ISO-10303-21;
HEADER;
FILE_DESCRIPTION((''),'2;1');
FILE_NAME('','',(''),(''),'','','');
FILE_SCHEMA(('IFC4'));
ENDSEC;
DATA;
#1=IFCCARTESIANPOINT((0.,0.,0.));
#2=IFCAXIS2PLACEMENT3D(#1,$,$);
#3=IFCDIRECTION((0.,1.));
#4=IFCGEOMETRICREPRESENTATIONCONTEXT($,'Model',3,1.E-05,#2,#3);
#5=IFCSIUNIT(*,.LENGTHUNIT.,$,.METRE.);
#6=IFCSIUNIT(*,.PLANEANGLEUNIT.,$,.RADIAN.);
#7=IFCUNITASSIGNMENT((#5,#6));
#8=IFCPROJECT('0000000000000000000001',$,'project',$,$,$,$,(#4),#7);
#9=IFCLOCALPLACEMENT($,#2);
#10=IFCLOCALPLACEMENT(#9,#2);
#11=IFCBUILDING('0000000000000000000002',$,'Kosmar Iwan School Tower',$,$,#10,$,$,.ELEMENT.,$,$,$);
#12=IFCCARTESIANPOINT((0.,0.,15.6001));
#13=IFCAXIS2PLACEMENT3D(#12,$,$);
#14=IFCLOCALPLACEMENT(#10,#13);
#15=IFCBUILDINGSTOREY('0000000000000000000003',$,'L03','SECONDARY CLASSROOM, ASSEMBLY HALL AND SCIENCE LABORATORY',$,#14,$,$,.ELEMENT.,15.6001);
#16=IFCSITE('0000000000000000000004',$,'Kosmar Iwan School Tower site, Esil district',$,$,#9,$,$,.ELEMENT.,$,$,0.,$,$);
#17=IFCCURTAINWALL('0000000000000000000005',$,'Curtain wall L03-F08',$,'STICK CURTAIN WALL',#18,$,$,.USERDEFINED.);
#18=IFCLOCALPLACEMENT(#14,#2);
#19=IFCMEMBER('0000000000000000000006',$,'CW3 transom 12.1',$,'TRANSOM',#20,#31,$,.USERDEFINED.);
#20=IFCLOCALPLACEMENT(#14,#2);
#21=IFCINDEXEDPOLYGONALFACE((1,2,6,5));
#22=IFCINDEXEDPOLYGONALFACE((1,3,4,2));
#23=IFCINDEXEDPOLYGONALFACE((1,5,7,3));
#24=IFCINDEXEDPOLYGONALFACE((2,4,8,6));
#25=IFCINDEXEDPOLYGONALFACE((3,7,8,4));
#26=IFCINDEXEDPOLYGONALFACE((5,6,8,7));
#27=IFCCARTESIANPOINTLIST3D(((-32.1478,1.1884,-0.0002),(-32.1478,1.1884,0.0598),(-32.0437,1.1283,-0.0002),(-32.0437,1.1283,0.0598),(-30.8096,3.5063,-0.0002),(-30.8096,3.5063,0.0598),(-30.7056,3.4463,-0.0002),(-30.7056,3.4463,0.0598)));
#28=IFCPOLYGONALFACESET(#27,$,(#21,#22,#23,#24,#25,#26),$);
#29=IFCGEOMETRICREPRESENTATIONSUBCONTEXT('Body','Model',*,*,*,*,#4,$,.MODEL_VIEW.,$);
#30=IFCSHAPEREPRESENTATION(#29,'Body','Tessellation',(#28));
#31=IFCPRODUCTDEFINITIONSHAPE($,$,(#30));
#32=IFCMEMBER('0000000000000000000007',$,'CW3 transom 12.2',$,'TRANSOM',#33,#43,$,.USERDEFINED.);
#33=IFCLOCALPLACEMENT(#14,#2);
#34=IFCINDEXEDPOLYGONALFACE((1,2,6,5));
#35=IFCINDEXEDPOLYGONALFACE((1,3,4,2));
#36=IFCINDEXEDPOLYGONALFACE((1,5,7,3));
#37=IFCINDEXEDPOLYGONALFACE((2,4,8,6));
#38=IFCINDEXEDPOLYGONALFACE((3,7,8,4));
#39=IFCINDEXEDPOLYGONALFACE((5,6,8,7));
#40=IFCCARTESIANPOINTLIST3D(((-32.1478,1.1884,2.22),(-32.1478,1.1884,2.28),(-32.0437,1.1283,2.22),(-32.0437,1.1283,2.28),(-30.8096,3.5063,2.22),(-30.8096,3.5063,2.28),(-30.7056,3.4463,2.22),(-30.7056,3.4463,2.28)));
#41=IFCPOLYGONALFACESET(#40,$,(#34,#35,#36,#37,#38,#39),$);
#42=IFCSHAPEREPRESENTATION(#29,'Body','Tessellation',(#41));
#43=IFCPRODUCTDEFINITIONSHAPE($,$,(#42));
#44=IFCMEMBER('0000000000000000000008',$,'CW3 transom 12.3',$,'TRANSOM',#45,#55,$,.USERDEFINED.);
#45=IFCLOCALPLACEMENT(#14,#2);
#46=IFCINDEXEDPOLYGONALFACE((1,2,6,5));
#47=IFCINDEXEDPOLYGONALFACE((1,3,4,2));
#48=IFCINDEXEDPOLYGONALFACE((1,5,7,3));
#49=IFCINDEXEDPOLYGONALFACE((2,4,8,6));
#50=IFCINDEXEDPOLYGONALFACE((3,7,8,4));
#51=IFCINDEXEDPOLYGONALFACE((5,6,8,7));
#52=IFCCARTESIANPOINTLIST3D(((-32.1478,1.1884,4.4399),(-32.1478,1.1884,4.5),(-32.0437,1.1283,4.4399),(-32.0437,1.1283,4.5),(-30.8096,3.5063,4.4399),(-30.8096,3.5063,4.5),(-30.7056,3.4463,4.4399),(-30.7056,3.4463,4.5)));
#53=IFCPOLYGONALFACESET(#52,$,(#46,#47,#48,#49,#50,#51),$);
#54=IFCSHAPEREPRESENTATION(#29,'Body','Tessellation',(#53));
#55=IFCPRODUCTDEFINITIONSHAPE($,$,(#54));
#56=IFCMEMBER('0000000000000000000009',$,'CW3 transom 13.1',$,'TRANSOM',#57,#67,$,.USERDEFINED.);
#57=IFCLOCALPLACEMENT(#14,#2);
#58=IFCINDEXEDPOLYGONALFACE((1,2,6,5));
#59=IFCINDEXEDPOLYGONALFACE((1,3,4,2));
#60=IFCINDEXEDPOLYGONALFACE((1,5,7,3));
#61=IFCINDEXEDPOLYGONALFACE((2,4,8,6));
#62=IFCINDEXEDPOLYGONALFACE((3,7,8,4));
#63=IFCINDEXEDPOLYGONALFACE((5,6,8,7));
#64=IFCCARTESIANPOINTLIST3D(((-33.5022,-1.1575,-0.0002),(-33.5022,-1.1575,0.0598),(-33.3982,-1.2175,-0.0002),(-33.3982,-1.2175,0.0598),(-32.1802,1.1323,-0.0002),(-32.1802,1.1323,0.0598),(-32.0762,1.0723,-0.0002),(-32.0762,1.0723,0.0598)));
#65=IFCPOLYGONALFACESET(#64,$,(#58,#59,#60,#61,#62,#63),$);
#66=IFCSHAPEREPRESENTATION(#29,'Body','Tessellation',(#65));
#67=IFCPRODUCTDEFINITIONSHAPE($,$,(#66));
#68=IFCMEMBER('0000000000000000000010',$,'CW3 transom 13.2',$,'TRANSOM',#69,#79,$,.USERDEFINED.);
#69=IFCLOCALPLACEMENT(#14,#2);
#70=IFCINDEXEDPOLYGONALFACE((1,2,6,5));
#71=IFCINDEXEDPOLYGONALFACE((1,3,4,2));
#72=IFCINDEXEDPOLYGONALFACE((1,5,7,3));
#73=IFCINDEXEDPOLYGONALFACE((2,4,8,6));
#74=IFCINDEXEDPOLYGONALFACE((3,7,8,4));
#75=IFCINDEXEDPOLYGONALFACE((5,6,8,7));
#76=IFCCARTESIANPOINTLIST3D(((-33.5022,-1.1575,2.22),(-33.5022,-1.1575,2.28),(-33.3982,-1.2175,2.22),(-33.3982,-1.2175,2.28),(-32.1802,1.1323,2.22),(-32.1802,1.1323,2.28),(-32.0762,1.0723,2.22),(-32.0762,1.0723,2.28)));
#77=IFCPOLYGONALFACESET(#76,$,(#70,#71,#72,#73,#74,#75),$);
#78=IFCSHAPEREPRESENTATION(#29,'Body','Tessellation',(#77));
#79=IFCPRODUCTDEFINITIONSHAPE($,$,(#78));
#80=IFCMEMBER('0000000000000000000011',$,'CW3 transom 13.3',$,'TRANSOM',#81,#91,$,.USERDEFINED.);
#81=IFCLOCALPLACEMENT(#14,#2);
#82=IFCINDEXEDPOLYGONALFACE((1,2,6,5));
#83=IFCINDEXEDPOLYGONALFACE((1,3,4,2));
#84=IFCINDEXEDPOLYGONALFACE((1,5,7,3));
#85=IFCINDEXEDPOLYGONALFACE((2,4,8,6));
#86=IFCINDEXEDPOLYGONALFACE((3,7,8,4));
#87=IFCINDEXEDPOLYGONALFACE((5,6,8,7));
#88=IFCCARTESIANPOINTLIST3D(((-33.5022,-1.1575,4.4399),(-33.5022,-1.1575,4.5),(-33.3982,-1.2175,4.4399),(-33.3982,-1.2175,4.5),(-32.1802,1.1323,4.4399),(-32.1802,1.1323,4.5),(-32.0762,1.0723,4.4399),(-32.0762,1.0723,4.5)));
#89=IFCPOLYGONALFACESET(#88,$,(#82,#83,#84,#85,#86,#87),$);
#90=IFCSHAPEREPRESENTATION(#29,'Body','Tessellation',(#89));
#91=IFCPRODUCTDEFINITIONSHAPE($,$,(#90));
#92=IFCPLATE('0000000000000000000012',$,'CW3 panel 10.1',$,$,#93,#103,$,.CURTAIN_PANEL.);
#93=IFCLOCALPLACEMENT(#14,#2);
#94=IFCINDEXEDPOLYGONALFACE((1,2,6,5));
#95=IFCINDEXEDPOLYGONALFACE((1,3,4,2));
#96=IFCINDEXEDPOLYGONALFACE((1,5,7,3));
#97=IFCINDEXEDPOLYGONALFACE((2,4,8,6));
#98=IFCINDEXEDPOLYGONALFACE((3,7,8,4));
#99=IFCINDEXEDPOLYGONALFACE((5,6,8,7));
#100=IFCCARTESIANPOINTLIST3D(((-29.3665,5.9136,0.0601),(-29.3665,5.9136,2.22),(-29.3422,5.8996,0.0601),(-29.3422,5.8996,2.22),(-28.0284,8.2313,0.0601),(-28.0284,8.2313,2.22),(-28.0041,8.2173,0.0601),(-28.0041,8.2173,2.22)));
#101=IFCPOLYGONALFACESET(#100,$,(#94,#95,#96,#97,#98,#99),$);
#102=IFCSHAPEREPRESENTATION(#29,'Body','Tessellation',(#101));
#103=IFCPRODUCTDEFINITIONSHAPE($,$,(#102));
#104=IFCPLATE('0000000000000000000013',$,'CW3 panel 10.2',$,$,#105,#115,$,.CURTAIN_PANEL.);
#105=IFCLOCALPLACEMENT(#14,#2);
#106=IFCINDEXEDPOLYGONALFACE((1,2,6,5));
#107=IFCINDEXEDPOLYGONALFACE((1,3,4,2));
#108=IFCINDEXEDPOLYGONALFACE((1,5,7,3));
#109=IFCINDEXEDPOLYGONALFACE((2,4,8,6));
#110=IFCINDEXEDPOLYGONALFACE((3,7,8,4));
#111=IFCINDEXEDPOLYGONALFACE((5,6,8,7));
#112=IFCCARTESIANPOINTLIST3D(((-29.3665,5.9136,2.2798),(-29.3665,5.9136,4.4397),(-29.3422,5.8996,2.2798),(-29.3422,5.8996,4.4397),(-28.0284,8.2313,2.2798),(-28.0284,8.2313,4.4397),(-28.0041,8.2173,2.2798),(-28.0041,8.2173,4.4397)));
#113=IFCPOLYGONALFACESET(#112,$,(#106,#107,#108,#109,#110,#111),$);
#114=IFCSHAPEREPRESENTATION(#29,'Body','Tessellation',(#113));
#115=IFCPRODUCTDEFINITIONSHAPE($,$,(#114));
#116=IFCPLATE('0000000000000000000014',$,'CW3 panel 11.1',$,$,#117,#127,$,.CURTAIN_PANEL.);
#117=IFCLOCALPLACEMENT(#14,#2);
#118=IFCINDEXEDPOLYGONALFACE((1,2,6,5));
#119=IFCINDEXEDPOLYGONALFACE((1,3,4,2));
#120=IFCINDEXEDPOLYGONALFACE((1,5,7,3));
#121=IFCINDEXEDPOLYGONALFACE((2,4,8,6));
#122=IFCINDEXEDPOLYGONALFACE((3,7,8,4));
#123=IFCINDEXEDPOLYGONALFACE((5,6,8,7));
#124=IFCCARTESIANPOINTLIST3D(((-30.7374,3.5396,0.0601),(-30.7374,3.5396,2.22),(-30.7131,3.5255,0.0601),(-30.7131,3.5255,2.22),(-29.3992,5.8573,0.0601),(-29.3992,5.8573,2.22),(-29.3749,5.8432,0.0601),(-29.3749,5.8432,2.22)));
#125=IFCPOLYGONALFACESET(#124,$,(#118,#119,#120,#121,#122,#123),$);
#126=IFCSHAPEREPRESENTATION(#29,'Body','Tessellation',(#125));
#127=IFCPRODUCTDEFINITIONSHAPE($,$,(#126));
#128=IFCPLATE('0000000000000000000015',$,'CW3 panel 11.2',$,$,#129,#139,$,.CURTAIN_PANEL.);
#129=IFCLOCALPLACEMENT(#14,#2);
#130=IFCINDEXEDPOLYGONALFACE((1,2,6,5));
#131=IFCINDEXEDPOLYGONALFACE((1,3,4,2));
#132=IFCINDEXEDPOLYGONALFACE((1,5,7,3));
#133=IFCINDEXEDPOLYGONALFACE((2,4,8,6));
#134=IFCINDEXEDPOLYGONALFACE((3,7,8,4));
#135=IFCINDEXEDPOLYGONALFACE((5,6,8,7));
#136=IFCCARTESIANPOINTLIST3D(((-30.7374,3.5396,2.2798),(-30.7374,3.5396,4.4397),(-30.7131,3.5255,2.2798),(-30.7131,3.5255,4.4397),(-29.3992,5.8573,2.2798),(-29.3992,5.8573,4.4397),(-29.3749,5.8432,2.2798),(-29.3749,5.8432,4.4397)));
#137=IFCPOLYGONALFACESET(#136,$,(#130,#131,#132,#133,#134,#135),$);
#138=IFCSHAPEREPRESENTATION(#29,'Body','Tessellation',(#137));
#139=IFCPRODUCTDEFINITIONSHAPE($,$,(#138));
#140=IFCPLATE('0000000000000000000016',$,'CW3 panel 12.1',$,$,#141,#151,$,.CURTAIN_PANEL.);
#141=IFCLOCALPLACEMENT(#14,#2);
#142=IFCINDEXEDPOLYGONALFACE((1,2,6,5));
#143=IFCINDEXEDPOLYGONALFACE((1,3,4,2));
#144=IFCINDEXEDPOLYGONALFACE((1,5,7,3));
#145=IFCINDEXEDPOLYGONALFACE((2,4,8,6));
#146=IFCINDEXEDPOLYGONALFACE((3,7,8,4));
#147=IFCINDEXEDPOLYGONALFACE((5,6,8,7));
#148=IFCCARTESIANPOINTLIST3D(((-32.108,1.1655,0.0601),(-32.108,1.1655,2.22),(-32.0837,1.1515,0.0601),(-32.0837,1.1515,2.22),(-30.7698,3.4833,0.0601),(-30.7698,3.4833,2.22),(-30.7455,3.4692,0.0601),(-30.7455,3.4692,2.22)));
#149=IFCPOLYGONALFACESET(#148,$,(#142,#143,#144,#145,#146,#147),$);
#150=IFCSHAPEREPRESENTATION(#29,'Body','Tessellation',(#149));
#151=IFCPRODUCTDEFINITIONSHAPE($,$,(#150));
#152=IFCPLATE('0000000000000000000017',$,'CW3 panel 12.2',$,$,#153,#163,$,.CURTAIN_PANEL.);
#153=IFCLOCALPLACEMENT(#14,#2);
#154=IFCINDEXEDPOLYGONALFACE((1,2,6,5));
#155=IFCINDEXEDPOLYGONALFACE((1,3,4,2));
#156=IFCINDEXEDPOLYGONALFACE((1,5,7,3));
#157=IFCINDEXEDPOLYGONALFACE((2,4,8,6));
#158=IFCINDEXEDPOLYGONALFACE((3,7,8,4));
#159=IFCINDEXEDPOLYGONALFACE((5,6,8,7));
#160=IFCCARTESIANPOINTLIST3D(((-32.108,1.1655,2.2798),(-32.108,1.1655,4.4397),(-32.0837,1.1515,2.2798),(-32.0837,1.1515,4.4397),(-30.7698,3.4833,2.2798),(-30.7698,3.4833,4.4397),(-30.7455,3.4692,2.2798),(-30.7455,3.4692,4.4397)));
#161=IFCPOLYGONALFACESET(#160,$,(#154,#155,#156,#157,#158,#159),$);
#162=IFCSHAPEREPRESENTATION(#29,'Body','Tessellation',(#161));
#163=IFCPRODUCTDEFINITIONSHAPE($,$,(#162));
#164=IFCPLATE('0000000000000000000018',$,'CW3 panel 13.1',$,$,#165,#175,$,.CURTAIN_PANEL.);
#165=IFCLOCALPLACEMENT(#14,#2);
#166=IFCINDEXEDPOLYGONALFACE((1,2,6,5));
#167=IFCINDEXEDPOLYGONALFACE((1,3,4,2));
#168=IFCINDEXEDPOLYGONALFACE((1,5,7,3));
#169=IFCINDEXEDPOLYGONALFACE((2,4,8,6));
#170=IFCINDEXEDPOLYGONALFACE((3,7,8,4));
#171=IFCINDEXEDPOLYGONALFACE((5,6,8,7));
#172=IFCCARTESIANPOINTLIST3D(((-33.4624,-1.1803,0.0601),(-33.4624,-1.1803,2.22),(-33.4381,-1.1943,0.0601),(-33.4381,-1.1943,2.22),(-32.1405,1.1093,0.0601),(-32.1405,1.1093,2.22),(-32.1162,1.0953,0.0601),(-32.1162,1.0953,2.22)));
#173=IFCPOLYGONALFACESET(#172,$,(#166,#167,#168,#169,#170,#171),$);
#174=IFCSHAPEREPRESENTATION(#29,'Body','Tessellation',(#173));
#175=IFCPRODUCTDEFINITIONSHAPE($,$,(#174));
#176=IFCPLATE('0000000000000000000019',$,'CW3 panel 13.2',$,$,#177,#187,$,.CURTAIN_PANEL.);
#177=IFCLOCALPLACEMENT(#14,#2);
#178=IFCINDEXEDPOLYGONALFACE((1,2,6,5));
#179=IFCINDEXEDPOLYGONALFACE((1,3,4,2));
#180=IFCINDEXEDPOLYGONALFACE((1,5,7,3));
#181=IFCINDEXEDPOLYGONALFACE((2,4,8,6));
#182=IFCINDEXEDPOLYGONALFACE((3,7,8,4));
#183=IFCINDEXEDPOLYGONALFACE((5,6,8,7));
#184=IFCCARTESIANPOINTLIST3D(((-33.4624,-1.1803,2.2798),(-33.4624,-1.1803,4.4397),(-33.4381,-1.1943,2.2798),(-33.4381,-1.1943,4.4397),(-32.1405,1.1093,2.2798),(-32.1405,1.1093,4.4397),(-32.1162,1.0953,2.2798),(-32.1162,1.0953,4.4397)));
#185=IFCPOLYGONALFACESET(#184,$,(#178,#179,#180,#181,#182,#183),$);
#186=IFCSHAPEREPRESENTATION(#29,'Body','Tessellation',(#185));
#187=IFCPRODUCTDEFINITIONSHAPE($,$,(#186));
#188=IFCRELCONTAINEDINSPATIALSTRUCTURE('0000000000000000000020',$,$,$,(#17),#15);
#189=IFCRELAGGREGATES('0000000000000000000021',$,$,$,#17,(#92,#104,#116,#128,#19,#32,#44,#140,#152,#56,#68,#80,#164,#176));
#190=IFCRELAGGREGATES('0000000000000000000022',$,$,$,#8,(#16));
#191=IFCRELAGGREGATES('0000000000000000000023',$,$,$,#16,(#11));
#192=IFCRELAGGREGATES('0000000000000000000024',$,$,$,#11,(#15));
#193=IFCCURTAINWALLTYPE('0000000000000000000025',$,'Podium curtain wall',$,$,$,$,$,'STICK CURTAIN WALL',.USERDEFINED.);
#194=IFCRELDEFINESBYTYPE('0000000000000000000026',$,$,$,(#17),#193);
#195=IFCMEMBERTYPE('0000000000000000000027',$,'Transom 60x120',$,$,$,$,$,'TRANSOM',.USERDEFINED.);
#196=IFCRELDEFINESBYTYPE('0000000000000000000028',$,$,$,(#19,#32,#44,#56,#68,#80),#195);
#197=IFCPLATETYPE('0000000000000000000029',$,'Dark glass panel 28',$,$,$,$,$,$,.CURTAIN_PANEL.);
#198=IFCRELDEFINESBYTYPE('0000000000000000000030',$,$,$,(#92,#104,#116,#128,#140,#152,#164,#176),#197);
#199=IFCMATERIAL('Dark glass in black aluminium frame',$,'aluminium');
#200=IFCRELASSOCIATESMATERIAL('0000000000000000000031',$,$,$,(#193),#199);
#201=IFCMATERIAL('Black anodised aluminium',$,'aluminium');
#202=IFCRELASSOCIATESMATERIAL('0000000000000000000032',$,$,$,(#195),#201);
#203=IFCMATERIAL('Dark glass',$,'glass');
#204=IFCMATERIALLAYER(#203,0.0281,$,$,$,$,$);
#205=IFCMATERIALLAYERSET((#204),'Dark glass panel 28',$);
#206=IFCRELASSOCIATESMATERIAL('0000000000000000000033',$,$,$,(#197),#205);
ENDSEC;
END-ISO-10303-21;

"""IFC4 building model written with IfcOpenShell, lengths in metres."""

from ifc_helpers import new_model, si_unit, direction, frame, origin, origin_2d, place, context, subcontext, project, spatial, rectangle, extrude, material, layer, layer_set, material_profile, profile_set, type_object, element, aggregate, save


model = new_model("IFC4")

# Units and contexts
model_context = context("Model", 3, precision=1e-05, world=origin(), true_north=direction((0.0, 1.0)))
body_context = subcontext(model_context, "Body", "Model", "MODEL_VIEW")
ifc_project = project(units=[si_unit("LENGTHUNIT", "METRE"), si_unit("PLANEANGLEUNIT", "RADIAN")], contexts=[model_context])

# Site, building, storey
site_placement = place(None, origin())
site = spatial("IfcSite", under=ifc_project, at=site_placement, Name="Kosmar Iwan School Tower site, Esil district", CompositionType="ELEMENT", RefElevation=0.0)
building_placement = place(site_placement, origin())
building = spatial("IfcBuilding", under=site, at=building_placement, Name="Kosmar Iwan School Tower", CompositionType="ELEMENT")
storey_placement = place(building_placement, frame((0.0, 0.0, 15.6001)))
storey = spatial("IfcBuildingStorey", under=building, at=storey_placement, Name="L03", Description="SECONDARY CLASSROOM, ASSEMBLY HALL AND SCIENCE LABORATORY", CompositionType="ELEMENT", Elevation=15.6001)

# Curtain wall, members, plates
ifc_material_1 = material(Name="Dark glass in black aluminium frame", Category="aluminium")
curtain_wall_type = type_object("IfcCurtainWallType", Name="Podium curtain wall", ElementType="STICK CURTAIN WALL", PredefinedType="USERDEFINED", material=ifc_material_1)
curtain_wall_placement = place(storey_placement, origin())
curtain_wall = element("IfcCurtainWall", 1, at=curtain_wall_placement, inside=storey, type_object=curtain_wall_type, Name="Curtain wall L03-F08", ObjectType="STICK CURTAIN WALL", PredefinedType="USERDEFINED")
ifc_material_2 = material(Name="Black anodised aluminium", Category="aluminium")
ifc_material_profile_1 = material_profile(ifc_material_2, rectangle(XDim=0.1201, YDim=0.0601, at=origin_2d()), Name="TRANSOM 60x120")
ifc_profile_set_1 = profile_set([ifc_material_profile_1], Name="Black anodised aluminium")
member_type_1 = type_object("IfcMemberType", Name="Transom 60x120", ElementType="TRANSOM", PredefinedType="USERDEFINED", material=ifc_profile_set_1)
member_1_placement = place(storey_placement, frame((-30.7576, 3.4763, 0.0298), z_axis=(-0.499975, -0.86604, 0.0), x_axis=(0.86604, -0.499975, 0.0)))
member_1 = element("IfcMember", 2, at=member_1_placement, type_object=member_type_1, Name="CW3 transom 12.1", ObjectType="TRANSOM", PredefinedType="USERDEFINED", context=body_context, shape_type="SweptSolid", body=[
    extrude(rectangle(XDim=0.1201, YDim=0.0601, at=origin_2d()), origin(), (0.0, 0.0, 1.0), 2.6765),
])
member_2_placement = place(storey_placement, frame((-30.7576, 3.4763, 2.25), z_axis=(-0.499975, -0.86604, 0.0), x_axis=(0.86604, -0.499975, 0.0)))
member_2 = element("IfcMember", 3, at=member_2_placement, type_object=member_type_1, Name="CW3 transom 12.2", ObjectType="TRANSOM", PredefinedType="USERDEFINED", context=body_context, shape_type="SweptSolid", body=[
    extrude(rectangle(XDim=0.1201, YDim=0.0601, at=origin_2d()), origin(), (0.0, 0.0, 1.0), 2.6765),
])
member_3_placement = place(storey_placement, frame((-30.7576, 3.4763, 4.47), z_axis=(-0.499975, -0.86604, 0.0), x_axis=(0.86604, -0.499975, 0.0)))
member_3 = element("IfcMember", 4, at=member_3_placement, type_object=member_type_1, Name="CW3 transom 12.3", ObjectType="TRANSOM", PredefinedType="USERDEFINED", context=body_context, shape_type="SweptSolid", body=[
    extrude(rectangle(XDim=0.1201, YDim=0.0601, at=origin_2d()), origin(), (0.0, 0.0, 1.0), 2.6765),
])
member_4_placement = place(storey_placement, frame((-32.1282, 1.1023, 0.0298), z_axis=(-0.500002, -0.866024, 0.0), x_axis=(0.866024, -0.500002, 0.0)))
member_4 = element("IfcMember", 5, at=member_4_placement, type_object=member_type_1, Name="CW3 transom 13.1", ObjectType="TRANSOM", PredefinedType="USERDEFINED", context=body_context, shape_type="SweptSolid", body=[
    extrude(rectangle(XDim=0.1201, YDim=0.0601, at=origin_2d()), origin(), (0.0, 0.0, 1.0), 2.644),
])
member_5_placement = place(storey_placement, frame((-32.1282, 1.1023, 2.25), z_axis=(-0.500002, -0.866024, 0.0), x_axis=(0.866024, -0.500002, 0.0)))
member_5 = element("IfcMember", 6, at=member_5_placement, type_object=member_type_1, Name="CW3 transom 13.2", ObjectType="TRANSOM", PredefinedType="USERDEFINED", context=body_context, shape_type="SweptSolid", body=[
    extrude(rectangle(XDim=0.1201, YDim=0.0601, at=origin_2d()), origin(), (0.0, 0.0, 1.0), 2.644),
])
member_6_placement = place(storey_placement, frame((-32.1282, 1.1023, 4.47), z_axis=(-0.500002, -0.866024, 0.0), x_axis=(0.866024, -0.500002, 0.0)))
member_6 = element("IfcMember", 7, at=member_6_placement, type_object=member_type_1, Name="CW3 transom 13.3", ObjectType="TRANSOM", PredefinedType="USERDEFINED", context=body_context, shape_type="SweptSolid", body=[
    extrude(rectangle(XDim=0.1201, YDim=0.0601, at=origin_2d()), origin(), (0.0, 0.0, 1.0), 2.644),
])
ifc_material_3 = material(Name="Dark glass", Category="glass")
ifc_layer = layer(ifc_material_3, 0.0281)
ifc_layer_set = layer_set([ifc_layer], Name="Dark glass panel 28")
plate_type = type_object("IfcPlateType", Name="Dark glass panel 28", PredefinedType="CURTAIN_PANEL", material=ifc_layer_set)
plate_1_placement = place(storey_placement, frame((-28.6853, 7.0654, 0.0601), z_axis=(0.0, 0.0, 1.0), x_axis=(-0.5, -0.866025, 0.0)))
plate_1 = element("IfcPlate", 8, at=plate_1_placement, type_object=plate_type, Name="CW3 panel 10.1", PredefinedType="CURTAIN_PANEL", context=body_context, shape_type="SweptSolid", body=[
    extrude(rectangle(XDim=2.6763, YDim=0.0281, at=origin_2d()), origin(), (0.0, 0.0, 1.0), 2.1599),
])
plate_2_placement = place(storey_placement, frame((-28.6853, 7.0654, 2.2798), z_axis=(0.0, 0.0, 1.0), x_axis=(-0.5, -0.866025, 0.0)))
plate_2 = element("IfcPlate", 9, at=plate_2_placement, type_object=plate_type, Name="CW3 panel 10.2", PredefinedType="CURTAIN_PANEL", context=body_context, shape_type="SweptSolid", body=[
    extrude(rectangle(XDim=2.6763, YDim=0.0281, at=origin_2d()), origin(), (0.0, 0.0, 1.0), 2.1599),
])
plate_3_placement = place(storey_placement, frame((-30.0562, 4.6914, 0.0601), z_axis=(0.0, 0.0, 1.0), x_axis=(-0.5, -0.866025, 0.0)))
plate_3 = element("IfcPlate", 10, at=plate_3_placement, type_object=plate_type, Name="CW3 panel 11.1", PredefinedType="CURTAIN_PANEL", context=body_context, shape_type="SweptSolid", body=[
    extrude(rectangle(XDim=2.6763, YDim=0.0281, at=origin_2d()), origin(), (0.0, 0.0, 1.0), 2.1599),
])
plate_4_placement = place(storey_placement, frame((-30.0562, 4.6914, 2.2798), z_axis=(0.0, 0.0, 1.0), x_axis=(-0.5, -0.866025, 0.0)))
plate_4 = element("IfcPlate", 11, at=plate_4_placement, type_object=plate_type, Name="CW3 panel 11.2", PredefinedType="CURTAIN_PANEL", context=body_context, shape_type="SweptSolid", body=[
    extrude(rectangle(XDim=2.6763, YDim=0.0281, at=origin_2d()), origin(), (0.0, 0.0, 1.0), 2.1599),
])
plate_5_placement = place(storey_placement, frame((-31.4268, 2.3174, 0.0601), z_axis=(0.0, 0.0, 1.0), x_axis=(-0.5, -0.866025, 0.0)))
plate_5 = element("IfcPlate", 12, at=plate_5_placement, type_object=plate_type, Name="CW3 panel 12.1", PredefinedType="CURTAIN_PANEL", context=body_context, shape_type="SweptSolid", body=[
    extrude(rectangle(XDim=2.6763, YDim=0.0281, at=origin_2d()), origin(), (0.0, 0.0, 1.0), 2.1599),
])
plate_6_placement = place(storey_placement, frame((-31.4268, 2.3174, 2.2798), z_axis=(0.0, 0.0, 1.0), x_axis=(-0.5, -0.866025, 0.0)))
plate_6 = element("IfcPlate", 13, at=plate_6_placement, type_object=plate_type, Name="CW3 panel 12.2", PredefinedType="CURTAIN_PANEL", context=body_context, shape_type="SweptSolid", body=[
    extrude(rectangle(XDim=2.6763, YDim=0.0281, at=origin_2d()), origin(), (0.0, 0.0, 1.0), 2.1599),
])
plate_7_placement = place(storey_placement, frame((-32.7893, -0.0425, 0.0601), z_axis=(0.0, 0.0, 1.0), x_axis=(-0.5, -0.866025, 0.0)))
plate_7 = element("IfcPlate", 14, at=plate_7_placement, type_object=plate_type, Name="CW3 panel 13.1", PredefinedType="CURTAIN_PANEL", context=body_context, shape_type="SweptSolid", body=[
    extrude(rectangle(XDim=2.6438, YDim=0.0281, at=origin_2d()), origin(), (0.0, 0.0, 1.0), 2.1599),
])
plate_8_placement = place(storey_placement, frame((-32.7893, -0.0425, 2.2798), z_axis=(0.0, 0.0, 1.0), x_axis=(-0.5, -0.866025, 0.0)))
plate_8 = element("IfcPlate", 15, at=plate_8_placement, type_object=plate_type, Name="CW3 panel 13.2", PredefinedType="CURTAIN_PANEL", context=body_context, shape_type="SweptSolid", body=[
    extrude(rectangle(XDim=2.6438, YDim=0.0281, at=origin_2d()), origin(), (0.0, 0.0, 1.0), 2.1599),
])
aggregate(curtain_wall, [plate_1, plate_2, plate_3, plate_4, member_1, member_2, member_3, plate_5, plate_6, member_4, member_5, member_6, plate_7, plate_8])

save(model, "model.ifc")
